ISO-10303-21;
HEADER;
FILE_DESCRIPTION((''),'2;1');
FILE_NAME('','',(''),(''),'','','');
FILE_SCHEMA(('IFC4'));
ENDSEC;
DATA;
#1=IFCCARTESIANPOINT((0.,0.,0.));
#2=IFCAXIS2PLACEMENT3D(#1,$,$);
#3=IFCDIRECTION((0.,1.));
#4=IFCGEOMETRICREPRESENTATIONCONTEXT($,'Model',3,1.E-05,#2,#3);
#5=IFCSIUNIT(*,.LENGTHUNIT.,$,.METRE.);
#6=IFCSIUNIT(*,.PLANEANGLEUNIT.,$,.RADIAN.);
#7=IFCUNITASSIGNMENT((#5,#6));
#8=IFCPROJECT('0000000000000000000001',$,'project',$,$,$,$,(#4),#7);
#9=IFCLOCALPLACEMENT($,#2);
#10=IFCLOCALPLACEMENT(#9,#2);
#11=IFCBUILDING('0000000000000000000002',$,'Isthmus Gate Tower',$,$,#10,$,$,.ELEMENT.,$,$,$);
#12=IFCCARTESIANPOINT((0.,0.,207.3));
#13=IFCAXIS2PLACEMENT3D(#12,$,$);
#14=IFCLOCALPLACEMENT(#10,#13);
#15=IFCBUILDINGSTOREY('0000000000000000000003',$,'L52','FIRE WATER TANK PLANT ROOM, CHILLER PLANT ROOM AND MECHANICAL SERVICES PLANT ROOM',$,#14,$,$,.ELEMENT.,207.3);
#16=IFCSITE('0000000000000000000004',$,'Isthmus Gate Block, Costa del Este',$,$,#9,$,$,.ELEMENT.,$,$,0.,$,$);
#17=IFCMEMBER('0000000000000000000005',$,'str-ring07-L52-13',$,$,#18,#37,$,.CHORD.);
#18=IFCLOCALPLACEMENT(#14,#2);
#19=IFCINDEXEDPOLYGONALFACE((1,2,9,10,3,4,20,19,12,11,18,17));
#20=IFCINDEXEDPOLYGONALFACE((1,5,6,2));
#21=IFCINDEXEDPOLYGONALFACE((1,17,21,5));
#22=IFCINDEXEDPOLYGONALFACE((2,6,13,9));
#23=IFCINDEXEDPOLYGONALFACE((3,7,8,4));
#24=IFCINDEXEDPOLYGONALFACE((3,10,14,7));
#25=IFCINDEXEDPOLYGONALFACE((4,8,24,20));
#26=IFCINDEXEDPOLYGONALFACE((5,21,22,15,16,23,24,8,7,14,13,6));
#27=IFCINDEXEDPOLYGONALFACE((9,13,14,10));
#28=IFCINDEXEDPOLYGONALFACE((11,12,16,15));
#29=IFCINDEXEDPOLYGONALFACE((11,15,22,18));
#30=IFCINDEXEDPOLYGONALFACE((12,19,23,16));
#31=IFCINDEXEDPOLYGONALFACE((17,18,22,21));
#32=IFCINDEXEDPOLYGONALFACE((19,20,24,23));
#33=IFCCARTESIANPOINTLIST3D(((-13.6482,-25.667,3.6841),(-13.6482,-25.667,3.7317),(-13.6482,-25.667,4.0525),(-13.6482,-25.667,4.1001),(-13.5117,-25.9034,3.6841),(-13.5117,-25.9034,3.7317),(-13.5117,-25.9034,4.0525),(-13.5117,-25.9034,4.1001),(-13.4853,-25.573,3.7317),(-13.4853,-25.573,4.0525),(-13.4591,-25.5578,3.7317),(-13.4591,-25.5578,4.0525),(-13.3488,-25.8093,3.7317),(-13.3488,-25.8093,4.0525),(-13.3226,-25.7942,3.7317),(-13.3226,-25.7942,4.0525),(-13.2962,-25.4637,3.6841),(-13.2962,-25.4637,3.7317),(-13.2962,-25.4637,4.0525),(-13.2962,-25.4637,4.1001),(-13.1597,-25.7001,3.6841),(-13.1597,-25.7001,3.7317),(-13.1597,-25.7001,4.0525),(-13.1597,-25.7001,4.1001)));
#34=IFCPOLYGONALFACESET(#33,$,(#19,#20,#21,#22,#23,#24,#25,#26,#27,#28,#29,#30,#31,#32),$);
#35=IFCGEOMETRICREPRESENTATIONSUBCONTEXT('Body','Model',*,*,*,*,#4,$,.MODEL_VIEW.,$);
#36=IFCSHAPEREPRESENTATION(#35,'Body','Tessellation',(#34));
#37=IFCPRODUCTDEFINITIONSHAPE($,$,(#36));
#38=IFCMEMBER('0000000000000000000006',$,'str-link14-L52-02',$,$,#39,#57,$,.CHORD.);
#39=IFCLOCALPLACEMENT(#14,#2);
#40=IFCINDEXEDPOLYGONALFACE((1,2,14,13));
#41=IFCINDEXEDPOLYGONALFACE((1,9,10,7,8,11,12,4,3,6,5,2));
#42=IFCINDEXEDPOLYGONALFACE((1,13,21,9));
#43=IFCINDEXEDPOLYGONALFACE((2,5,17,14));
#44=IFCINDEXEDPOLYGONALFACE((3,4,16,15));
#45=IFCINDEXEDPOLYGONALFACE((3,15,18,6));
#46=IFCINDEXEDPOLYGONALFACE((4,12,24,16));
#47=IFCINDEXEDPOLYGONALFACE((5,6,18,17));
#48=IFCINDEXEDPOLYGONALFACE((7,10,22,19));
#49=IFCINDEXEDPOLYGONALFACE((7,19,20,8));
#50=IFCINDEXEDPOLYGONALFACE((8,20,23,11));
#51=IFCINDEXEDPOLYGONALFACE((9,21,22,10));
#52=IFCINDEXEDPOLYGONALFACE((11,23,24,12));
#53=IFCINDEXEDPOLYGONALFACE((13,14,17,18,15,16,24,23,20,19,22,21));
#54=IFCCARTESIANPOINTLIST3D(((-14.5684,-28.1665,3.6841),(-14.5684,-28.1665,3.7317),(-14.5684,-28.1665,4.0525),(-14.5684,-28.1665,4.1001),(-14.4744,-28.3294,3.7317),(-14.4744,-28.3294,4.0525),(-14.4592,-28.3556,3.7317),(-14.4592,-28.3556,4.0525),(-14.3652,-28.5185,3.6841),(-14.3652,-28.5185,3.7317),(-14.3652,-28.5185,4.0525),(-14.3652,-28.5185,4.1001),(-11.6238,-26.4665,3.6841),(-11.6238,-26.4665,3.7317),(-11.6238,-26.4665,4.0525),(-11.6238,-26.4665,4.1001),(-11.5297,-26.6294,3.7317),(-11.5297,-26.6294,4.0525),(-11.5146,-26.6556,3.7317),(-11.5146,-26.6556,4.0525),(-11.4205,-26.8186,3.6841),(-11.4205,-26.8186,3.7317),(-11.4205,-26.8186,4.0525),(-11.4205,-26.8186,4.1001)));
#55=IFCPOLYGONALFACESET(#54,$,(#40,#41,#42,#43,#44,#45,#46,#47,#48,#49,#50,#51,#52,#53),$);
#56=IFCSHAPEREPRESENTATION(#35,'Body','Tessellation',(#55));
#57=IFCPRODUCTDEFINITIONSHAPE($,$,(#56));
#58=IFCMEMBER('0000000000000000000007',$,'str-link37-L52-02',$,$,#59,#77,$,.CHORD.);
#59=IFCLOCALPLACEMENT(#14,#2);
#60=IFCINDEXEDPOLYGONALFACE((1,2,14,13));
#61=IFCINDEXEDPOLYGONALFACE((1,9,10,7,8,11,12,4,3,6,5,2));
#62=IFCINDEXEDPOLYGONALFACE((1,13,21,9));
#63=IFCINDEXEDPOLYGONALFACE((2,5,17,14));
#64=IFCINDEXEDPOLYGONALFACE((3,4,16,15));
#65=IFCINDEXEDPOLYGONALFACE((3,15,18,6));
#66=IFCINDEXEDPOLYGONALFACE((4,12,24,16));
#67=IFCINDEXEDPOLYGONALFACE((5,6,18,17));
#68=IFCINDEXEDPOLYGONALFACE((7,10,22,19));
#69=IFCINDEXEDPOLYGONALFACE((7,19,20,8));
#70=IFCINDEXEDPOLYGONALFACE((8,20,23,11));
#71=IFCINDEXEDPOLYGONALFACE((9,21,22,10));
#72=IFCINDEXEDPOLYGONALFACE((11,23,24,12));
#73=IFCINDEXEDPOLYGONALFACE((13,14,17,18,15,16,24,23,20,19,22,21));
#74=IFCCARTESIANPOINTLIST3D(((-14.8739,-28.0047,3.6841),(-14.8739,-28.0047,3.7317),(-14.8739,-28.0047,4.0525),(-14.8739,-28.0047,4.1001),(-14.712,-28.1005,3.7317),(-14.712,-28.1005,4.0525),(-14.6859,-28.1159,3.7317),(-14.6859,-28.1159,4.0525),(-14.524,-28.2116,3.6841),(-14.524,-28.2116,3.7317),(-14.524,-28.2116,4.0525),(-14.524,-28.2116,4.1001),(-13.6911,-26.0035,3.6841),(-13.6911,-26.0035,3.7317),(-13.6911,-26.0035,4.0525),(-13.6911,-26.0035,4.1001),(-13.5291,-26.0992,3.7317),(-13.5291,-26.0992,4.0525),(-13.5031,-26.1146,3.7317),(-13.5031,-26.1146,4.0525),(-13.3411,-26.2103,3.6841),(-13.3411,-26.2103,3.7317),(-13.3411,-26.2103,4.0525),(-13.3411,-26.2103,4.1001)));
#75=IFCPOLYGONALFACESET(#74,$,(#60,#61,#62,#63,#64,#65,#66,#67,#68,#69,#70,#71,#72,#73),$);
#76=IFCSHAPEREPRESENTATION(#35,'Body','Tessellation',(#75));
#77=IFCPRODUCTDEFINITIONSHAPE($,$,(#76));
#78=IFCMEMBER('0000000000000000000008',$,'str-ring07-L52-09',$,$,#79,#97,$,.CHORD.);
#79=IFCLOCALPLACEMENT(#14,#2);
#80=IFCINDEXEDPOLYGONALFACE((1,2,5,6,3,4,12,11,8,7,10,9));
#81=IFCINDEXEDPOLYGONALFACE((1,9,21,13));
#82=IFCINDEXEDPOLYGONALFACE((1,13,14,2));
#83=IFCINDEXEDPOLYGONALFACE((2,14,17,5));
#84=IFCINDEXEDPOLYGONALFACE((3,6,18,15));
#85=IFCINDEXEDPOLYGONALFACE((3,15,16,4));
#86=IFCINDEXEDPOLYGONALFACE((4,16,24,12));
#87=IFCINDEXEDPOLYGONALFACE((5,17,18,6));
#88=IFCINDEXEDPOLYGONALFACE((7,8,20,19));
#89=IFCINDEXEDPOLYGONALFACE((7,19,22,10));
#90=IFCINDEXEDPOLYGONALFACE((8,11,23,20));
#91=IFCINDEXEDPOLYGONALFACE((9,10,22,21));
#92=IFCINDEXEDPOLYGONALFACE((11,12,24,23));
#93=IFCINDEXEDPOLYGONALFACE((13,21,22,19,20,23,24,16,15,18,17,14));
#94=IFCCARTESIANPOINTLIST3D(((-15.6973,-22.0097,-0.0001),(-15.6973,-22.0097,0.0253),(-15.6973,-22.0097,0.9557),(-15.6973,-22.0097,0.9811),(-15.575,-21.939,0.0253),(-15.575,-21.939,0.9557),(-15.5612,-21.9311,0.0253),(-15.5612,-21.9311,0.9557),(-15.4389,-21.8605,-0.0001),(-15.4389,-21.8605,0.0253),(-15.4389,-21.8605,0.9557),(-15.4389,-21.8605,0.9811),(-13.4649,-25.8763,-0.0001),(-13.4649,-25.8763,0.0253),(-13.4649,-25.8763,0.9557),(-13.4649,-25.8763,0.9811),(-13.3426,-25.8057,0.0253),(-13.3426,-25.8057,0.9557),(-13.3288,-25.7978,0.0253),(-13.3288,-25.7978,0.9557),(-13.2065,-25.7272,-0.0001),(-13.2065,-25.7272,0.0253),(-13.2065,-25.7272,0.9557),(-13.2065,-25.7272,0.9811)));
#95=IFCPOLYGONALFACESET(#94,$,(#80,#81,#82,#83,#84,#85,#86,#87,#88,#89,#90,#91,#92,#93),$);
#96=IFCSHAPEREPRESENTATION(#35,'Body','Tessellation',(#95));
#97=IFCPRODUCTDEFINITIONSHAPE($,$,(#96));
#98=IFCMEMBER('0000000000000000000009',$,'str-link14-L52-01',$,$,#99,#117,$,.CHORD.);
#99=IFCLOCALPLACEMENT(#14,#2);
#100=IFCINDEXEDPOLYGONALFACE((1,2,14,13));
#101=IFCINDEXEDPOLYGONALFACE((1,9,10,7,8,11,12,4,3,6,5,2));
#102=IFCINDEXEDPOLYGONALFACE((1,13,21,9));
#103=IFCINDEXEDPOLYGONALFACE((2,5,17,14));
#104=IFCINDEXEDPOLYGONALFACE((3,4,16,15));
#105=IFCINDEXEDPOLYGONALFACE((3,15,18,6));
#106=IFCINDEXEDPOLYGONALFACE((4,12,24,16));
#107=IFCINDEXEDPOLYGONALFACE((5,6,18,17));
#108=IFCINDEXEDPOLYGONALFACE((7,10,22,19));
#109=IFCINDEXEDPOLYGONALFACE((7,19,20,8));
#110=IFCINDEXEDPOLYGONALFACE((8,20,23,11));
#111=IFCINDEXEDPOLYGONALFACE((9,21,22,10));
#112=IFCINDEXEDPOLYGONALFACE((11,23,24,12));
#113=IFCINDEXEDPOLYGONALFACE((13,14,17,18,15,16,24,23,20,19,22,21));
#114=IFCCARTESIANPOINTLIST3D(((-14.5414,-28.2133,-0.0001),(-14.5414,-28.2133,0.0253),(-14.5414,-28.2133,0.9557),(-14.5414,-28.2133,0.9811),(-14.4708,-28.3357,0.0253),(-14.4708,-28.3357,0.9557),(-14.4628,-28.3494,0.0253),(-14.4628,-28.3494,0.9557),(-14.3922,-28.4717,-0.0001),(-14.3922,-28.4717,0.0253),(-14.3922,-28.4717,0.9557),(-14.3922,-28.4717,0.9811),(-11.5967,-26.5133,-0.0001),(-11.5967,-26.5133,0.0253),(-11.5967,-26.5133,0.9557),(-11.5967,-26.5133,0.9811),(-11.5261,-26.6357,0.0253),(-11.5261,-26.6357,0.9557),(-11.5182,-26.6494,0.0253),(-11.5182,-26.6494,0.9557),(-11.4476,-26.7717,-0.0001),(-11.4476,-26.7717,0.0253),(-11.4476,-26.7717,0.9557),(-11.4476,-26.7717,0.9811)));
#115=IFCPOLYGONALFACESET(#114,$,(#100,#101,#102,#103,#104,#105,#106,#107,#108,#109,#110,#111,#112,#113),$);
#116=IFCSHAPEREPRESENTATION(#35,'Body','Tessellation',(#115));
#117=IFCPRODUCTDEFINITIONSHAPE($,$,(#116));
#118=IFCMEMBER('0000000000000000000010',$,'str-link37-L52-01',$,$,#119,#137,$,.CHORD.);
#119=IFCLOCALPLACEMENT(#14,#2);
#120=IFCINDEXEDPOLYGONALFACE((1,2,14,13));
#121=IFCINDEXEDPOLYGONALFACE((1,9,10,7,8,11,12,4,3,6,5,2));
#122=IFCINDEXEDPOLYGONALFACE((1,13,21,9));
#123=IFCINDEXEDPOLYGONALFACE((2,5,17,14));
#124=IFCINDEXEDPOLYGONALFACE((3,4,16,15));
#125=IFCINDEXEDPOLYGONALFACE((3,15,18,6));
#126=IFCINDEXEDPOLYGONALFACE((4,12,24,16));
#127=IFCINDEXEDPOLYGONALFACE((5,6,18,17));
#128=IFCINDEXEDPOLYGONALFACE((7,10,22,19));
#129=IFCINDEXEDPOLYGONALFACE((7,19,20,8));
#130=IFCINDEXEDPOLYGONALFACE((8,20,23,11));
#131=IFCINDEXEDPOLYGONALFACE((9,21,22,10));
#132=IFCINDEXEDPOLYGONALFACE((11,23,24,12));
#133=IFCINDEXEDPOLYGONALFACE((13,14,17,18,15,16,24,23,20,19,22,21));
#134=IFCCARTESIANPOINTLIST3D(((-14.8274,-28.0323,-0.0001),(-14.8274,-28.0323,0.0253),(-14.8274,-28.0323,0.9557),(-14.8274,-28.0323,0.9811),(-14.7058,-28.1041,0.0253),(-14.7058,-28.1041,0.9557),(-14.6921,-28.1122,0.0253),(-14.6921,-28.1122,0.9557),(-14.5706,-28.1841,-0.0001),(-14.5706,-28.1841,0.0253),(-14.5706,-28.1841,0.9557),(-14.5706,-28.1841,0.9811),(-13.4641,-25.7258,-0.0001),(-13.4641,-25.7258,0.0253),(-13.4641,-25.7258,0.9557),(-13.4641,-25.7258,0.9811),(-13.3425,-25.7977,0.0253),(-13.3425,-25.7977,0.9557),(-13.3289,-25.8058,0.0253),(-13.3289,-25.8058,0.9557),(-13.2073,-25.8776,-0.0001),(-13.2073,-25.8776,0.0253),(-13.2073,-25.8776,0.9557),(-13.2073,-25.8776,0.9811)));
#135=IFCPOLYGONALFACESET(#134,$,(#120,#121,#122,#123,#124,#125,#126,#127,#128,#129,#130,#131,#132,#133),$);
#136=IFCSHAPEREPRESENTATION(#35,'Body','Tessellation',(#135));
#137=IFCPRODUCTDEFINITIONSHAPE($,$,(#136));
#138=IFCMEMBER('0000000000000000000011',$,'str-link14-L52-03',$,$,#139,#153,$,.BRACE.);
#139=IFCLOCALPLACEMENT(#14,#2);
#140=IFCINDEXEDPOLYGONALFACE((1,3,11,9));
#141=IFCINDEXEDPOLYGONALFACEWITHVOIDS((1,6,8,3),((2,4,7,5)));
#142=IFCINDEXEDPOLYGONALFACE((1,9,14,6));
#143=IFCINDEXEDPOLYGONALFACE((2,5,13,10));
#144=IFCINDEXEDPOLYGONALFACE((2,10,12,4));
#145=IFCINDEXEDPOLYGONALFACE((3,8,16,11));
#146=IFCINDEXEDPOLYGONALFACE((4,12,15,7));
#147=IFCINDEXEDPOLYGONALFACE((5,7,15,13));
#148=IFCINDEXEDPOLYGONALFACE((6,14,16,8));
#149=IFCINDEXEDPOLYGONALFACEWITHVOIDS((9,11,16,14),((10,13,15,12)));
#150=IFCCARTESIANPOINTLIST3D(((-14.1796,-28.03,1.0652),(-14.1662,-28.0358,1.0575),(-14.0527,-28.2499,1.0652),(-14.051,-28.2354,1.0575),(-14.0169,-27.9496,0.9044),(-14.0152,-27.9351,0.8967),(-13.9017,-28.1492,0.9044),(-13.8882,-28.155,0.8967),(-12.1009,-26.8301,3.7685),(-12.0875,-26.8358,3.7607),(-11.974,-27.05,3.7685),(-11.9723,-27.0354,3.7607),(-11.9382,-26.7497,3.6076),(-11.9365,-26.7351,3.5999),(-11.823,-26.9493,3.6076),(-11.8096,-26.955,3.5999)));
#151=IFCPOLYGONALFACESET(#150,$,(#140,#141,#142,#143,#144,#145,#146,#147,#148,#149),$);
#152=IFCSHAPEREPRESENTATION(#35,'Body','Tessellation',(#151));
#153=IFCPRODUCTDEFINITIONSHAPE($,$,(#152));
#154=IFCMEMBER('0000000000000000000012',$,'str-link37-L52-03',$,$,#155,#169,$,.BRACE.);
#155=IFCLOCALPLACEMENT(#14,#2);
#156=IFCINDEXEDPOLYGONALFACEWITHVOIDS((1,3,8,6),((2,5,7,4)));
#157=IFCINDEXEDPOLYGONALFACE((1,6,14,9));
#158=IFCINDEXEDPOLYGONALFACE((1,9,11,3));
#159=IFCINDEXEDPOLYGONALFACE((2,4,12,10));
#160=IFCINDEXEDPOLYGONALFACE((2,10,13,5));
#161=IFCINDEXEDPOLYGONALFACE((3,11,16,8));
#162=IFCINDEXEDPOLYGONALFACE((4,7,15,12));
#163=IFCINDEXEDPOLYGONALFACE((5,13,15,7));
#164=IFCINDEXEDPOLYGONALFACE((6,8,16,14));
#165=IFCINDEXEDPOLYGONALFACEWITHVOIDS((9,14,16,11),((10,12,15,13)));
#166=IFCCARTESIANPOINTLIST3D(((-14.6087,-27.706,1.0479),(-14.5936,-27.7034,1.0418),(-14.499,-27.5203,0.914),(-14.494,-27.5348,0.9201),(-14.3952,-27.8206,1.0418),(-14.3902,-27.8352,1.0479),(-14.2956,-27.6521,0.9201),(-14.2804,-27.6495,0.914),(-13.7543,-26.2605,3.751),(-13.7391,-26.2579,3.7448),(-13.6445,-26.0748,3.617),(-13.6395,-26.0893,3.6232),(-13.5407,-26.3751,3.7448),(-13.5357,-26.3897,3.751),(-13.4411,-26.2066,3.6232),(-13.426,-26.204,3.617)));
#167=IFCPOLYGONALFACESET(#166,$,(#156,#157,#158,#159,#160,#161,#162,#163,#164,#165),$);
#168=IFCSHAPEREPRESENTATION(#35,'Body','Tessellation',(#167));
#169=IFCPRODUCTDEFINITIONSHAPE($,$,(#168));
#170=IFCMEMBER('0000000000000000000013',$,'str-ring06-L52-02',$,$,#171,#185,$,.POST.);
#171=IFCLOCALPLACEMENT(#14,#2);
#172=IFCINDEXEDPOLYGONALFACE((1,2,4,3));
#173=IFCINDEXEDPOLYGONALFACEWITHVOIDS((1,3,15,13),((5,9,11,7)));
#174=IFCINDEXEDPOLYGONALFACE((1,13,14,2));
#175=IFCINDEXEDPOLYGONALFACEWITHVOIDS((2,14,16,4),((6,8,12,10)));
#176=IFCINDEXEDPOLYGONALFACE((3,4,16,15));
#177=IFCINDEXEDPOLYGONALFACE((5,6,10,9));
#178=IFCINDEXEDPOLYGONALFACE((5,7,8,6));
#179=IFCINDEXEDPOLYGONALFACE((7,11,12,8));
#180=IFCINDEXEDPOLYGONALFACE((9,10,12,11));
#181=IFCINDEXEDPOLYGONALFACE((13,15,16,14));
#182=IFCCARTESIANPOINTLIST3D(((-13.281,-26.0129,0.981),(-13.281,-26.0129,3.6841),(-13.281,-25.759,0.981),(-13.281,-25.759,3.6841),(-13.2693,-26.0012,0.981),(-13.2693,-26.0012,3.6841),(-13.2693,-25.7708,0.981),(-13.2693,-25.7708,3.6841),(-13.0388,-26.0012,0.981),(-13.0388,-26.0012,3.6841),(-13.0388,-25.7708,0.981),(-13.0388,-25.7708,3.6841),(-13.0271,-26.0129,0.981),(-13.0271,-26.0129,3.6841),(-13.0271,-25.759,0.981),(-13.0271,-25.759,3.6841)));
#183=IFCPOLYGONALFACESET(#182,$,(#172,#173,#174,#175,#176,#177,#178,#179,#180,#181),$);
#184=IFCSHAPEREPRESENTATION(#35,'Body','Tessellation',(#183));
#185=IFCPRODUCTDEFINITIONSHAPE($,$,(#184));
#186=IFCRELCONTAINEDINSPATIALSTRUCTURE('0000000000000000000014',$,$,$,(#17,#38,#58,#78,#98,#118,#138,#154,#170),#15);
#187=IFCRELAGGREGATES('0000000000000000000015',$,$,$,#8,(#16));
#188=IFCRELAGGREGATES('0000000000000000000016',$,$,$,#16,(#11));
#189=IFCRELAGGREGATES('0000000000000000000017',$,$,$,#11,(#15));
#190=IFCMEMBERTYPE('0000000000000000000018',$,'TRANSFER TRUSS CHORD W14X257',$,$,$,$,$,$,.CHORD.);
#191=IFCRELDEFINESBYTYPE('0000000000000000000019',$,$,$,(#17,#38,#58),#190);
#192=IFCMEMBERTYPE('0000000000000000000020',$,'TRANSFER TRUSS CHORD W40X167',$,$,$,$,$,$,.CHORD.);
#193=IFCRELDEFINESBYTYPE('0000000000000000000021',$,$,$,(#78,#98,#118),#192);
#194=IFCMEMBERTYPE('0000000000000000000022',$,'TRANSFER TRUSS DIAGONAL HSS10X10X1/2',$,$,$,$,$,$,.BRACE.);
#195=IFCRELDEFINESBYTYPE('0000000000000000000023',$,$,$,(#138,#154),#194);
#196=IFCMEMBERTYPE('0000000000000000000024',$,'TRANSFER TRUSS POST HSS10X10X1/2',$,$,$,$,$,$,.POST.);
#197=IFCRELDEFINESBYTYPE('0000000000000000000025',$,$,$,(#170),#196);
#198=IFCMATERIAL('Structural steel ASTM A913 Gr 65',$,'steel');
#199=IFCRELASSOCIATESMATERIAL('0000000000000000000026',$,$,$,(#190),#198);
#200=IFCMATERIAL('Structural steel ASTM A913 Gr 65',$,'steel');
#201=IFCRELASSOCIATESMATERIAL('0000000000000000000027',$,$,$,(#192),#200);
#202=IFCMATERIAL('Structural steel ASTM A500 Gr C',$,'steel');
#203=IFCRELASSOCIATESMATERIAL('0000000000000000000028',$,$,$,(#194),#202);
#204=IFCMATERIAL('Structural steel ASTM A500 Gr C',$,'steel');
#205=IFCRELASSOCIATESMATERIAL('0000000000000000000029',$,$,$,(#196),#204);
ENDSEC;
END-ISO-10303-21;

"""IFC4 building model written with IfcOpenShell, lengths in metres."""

from ifc_helpers import new_model, si_unit, direction, frame, origin, origin_2d, place, context, subcontext, project, spatial, hollow_rectangle, i_section, extrude, material, material_profile, profile_set, type_object, element, save


model = new_model("IFC4")

# Units and contexts
model_context = context("Model", 3, precision=1e-05, world=origin(), true_north=direction((0.0, 1.0)))
body_context = subcontext(model_context, "Body", "Model", "MODEL_VIEW")
ifc_project = project(units=[si_unit("LENGTHUNIT", "METRE"), si_unit("PLANEANGLEUNIT", "RADIAN")], contexts=[model_context])

# Site, building, storey
site_placement = place(None, origin())
site = spatial("IfcSite", under=ifc_project, at=site_placement, Name="Isthmus Gate Block, Costa del Este", CompositionType="ELEMENT", RefElevation=0.0)
building_placement = place(site_placement, origin())
building = spatial("IfcBuilding", under=site, at=building_placement, Name="Isthmus Gate Tower", CompositionType="ELEMENT")
storey_placement = place(building_placement, frame((0.0, 0.0, 207.3)))
storey = spatial("IfcBuildingStorey", under=building, at=storey_placement, Name="L52", Description="FIRE WATER TANK PLANT ROOM, CHILLER PLANT ROOM AND MECHANICAL SERVICES PLANT ROOM", CompositionType="ELEMENT", Elevation=207.3)

# Members
ifc_material_1 = material(Name="Structural steel ASTM A913 Gr 65", Category="steel")
ifc_material_profile_1 = material_profile(ifc_material_1, i_section(OverallWidth=0.4065, OverallDepth=0.416, WebThickness=0.0303, FlangeThickness=0.0476, at=origin_2d()), Name="W14X257")
ifc_profile_set_1 = profile_set([ifc_material_profile_1], Name="Structural steel ASTM A913 Gr 65")
member_type_1 = type_object("IfcMemberType", Name="TRANSFER TRUSS CHORD W14X257", PredefinedType="CHORD", material=ifc_profile_set_1)
member_1_placement = place(storey_placement, frame((-13.3357, -25.8018, 3.8921), z_axis=(-0.500084, 0.865977, 0.0), x_axis=(-0.865977, -0.500084, 0.0)))
element("IfcMember", 1, at=member_1_placement, inside=storey, type_object=member_type_1, Name="str-ring07-L52-13", PredefinedType="CHORD", context=body_context, shape_type="SweptSolid", body=[
    extrude(i_section(OverallWidth=0.4065, OverallDepth=0.416, WebThickness=0.0303, FlangeThickness=0.0476, at=origin_2d()), origin(), (0.0, 0.0, 1.0), 0.2729),
])
member_2_placement = place(storey_placement, frame((-14.4668, -28.3425, 3.8921), z_axis=(0.866039, 0.499977, 0.0), x_axis=(-0.499977, 0.866039, 0.0)))
element("IfcMember", 2, at=member_2_placement, inside=storey, type_object=member_type_1, Name="str-link14-L52-02", PredefinedType="CHORD", context=body_context, shape_type="SweptSolid", body=[
    extrude(i_section(OverallWidth=0.4065, OverallDepth=0.416, WebThickness=0.0303, FlangeThickness=0.0476, at=origin_2d()), origin(), (0.0, 0.0, 1.0), 3.4001),
])
member_3_placement = place(storey_placement, frame((-14.699, -28.1082, 3.8921), z_axis=(0.508832, 0.860866, 0.0), x_axis=(-0.860866, 0.508832, 0.0)))
element("IfcMember", 3, at=member_3_placement, inside=storey, type_object=member_type_1, Name="str-link37-L52-02", PredefinedType="CHORD", context=body_context, shape_type="SweptSolid", body=[
    extrude(i_section(OverallWidth=0.4065, OverallDepth=0.416, WebThickness=0.0303, FlangeThickness=0.0476, at=origin_2d()), origin(), (0.0, 0.0, 1.0), 2.3247),
])
ifc_material_2 = material(Name="Structural steel ASTM A913 Gr 65", Category="steel")
ifc_material_profile_2 = material_profile(ifc_material_2, i_section(OverallWidth=0.2983, OverallDepth=0.9812, WebThickness=0.0159, FlangeThickness=0.0254, at=origin_2d()), Name="W40X167")
ifc_profile_set_2 = profile_set([ifc_material_profile_2], Name="Structural steel ASTM A913 Gr 65")
member_type_2 = type_object("IfcMemberType", Name="TRANSFER TRUSS CHORD W40X167", PredefinedType="CHORD", material=ifc_profile_set_2)
member_4_placement = place(storey_placement, frame((-13.3357, -25.8018, 0.4905), z_axis=(-0.499997, 0.866027, 0.0), x_axis=(-0.866027, -0.499997, 0.0)))
element("IfcMember", 4, at=member_4_placement, inside=storey, type_object=member_type_2, Name="str-ring07-L52-09", PredefinedType="CHORD", context=body_context, shape_type="SweptSolid", body=[
    extrude(i_section(OverallWidth=0.2983, OverallDepth=0.9812, WebThickness=0.0159, FlangeThickness=0.0254, at=origin_2d()), origin(), (0.0, 0.0, 1.0), 4.4648),
])
member_5_placement = place(storey_placement, frame((-14.4668, -28.3425, 0.4905), z_axis=(0.866039, 0.499977, 0.0), x_axis=(-0.499977, 0.866039, 0.0)))
element("IfcMember", 5, at=member_5_placement, inside=storey, type_object=member_type_2, Name="str-link14-L52-01", PredefinedType="CHORD", context=body_context, shape_type="SweptSolid", body=[
    extrude(i_section(OverallWidth=0.2983, OverallDepth=0.9812, WebThickness=0.0159, FlangeThickness=0.0254, at=origin_2d()), origin(), (0.0, 0.0, 1.0), 3.4001),
])
member_6_placement = place(storey_placement, frame((-14.699, -28.1082, 0.4905), z_axis=(0.508843, 0.860859, 0.0), x_axis=(-0.860859, 0.508843, 0.0)))
element("IfcMember", 6, at=member_6_placement, inside=storey, type_object=member_type_2, Name="str-link37-L52-01", PredefinedType="CHORD", context=body_context, shape_type="SweptSolid", body=[
    extrude(i_section(OverallWidth=0.2983, OverallDepth=0.9812, WebThickness=0.0159, FlangeThickness=0.0254, at=origin_2d()), origin(), (0.0, 0.0, 1.0), 2.6792),
])
ifc_material_3 = material(Name="Structural steel ASTM A500 Gr C", Category="steel")
ifc_material_profile_3 = material_profile(ifc_material_3, hollow_rectangle(XDim=0.2539, YDim=0.2539, WallThickness=0.0117, at=origin_2d()), Name="HSS10X10X1/2")
ifc_profile_set_3 = profile_set([ifc_material_profile_3], Name="Structural steel ASTM A500 Gr C")
member_type_3 = type_object("IfcMemberType", Name="TRANSFER TRUSS DIAGONAL HSS10X10X1/2", PredefinedType="BRACE", material=ifc_profile_set_3)
member_7_placement = place(storey_placement, frame((-14.0339, -28.0925, 0.981), z_axis=(0.575015, 0.331947, 0.747776), x_axis=(-0.499957, 0.86605, 0.0)))
element("IfcMember", 7, at=member_7_placement, inside=storey, type_object=member_type_3, Name="str-link14-L52-03", PredefinedType="BRACE", context=body_context, shape_type="SweptSolid", body=[
    extrude(hollow_rectangle(XDim=0.2539, YDim=0.2539, WallThickness=0.0117, at=origin_2d()), origin(), (0.0, 0.0, 1.0), 3.615),
])
member_8_placement = place(storey_placement, frame((-14.4446, -27.6777, 0.981), z_axis=(0.268519, 0.454257, 0.84944), x_axis=(-0.860848, 0.508862, 0.0)))
element("IfcMember", 8, at=member_8_placement, inside=storey, type_object=member_type_3, Name="str-link37-L52-03", PredefinedType="BRACE", context=body_context, shape_type="SweptSolid", body=[
    extrude(hollow_rectangle(XDim=0.2539, YDim=0.2539, WallThickness=0.0117, at=origin_2d()), origin(), (0.0, 0.0, 1.0), 3.1821),
])
ifc_material_4 = material(Name="Structural steel ASTM A500 Gr C", Category="steel")
ifc_material_profile_4 = material_profile(ifc_material_4, hollow_rectangle(XDim=0.2539, YDim=0.2539, WallThickness=0.0117, at=origin_2d()), Name="HSS10X10X1/2")
ifc_profile_set_4 = profile_set([ifc_material_profile_4], Name="Structural steel ASTM A500 Gr C")
member_type_4 = type_object("IfcMemberType", Name="TRANSFER TRUSS POST HSS10X10X1/2", PredefinedType="POST", material=ifc_profile_set_4)
member_9_placement = place(storey_placement, frame((-13.1541, -25.886, 0.981), z_axis=(0.0, 0.0, 1.0), x_axis=(1.0, 0.0, 0.0)))
element("IfcMember", 9, at=member_9_placement, inside=storey, type_object=member_type_4, Name="str-ring06-L52-02", PredefinedType="POST", context=body_context, shape_type="SweptSolid", body=[
    extrude(hollow_rectangle(XDim=0.2539, YDim=0.2539, WallThickness=0.0117, at=origin_2d()), origin(), (0.0, 0.0, 1.0), 2.7031),
])

save(model, "model.ifc")
